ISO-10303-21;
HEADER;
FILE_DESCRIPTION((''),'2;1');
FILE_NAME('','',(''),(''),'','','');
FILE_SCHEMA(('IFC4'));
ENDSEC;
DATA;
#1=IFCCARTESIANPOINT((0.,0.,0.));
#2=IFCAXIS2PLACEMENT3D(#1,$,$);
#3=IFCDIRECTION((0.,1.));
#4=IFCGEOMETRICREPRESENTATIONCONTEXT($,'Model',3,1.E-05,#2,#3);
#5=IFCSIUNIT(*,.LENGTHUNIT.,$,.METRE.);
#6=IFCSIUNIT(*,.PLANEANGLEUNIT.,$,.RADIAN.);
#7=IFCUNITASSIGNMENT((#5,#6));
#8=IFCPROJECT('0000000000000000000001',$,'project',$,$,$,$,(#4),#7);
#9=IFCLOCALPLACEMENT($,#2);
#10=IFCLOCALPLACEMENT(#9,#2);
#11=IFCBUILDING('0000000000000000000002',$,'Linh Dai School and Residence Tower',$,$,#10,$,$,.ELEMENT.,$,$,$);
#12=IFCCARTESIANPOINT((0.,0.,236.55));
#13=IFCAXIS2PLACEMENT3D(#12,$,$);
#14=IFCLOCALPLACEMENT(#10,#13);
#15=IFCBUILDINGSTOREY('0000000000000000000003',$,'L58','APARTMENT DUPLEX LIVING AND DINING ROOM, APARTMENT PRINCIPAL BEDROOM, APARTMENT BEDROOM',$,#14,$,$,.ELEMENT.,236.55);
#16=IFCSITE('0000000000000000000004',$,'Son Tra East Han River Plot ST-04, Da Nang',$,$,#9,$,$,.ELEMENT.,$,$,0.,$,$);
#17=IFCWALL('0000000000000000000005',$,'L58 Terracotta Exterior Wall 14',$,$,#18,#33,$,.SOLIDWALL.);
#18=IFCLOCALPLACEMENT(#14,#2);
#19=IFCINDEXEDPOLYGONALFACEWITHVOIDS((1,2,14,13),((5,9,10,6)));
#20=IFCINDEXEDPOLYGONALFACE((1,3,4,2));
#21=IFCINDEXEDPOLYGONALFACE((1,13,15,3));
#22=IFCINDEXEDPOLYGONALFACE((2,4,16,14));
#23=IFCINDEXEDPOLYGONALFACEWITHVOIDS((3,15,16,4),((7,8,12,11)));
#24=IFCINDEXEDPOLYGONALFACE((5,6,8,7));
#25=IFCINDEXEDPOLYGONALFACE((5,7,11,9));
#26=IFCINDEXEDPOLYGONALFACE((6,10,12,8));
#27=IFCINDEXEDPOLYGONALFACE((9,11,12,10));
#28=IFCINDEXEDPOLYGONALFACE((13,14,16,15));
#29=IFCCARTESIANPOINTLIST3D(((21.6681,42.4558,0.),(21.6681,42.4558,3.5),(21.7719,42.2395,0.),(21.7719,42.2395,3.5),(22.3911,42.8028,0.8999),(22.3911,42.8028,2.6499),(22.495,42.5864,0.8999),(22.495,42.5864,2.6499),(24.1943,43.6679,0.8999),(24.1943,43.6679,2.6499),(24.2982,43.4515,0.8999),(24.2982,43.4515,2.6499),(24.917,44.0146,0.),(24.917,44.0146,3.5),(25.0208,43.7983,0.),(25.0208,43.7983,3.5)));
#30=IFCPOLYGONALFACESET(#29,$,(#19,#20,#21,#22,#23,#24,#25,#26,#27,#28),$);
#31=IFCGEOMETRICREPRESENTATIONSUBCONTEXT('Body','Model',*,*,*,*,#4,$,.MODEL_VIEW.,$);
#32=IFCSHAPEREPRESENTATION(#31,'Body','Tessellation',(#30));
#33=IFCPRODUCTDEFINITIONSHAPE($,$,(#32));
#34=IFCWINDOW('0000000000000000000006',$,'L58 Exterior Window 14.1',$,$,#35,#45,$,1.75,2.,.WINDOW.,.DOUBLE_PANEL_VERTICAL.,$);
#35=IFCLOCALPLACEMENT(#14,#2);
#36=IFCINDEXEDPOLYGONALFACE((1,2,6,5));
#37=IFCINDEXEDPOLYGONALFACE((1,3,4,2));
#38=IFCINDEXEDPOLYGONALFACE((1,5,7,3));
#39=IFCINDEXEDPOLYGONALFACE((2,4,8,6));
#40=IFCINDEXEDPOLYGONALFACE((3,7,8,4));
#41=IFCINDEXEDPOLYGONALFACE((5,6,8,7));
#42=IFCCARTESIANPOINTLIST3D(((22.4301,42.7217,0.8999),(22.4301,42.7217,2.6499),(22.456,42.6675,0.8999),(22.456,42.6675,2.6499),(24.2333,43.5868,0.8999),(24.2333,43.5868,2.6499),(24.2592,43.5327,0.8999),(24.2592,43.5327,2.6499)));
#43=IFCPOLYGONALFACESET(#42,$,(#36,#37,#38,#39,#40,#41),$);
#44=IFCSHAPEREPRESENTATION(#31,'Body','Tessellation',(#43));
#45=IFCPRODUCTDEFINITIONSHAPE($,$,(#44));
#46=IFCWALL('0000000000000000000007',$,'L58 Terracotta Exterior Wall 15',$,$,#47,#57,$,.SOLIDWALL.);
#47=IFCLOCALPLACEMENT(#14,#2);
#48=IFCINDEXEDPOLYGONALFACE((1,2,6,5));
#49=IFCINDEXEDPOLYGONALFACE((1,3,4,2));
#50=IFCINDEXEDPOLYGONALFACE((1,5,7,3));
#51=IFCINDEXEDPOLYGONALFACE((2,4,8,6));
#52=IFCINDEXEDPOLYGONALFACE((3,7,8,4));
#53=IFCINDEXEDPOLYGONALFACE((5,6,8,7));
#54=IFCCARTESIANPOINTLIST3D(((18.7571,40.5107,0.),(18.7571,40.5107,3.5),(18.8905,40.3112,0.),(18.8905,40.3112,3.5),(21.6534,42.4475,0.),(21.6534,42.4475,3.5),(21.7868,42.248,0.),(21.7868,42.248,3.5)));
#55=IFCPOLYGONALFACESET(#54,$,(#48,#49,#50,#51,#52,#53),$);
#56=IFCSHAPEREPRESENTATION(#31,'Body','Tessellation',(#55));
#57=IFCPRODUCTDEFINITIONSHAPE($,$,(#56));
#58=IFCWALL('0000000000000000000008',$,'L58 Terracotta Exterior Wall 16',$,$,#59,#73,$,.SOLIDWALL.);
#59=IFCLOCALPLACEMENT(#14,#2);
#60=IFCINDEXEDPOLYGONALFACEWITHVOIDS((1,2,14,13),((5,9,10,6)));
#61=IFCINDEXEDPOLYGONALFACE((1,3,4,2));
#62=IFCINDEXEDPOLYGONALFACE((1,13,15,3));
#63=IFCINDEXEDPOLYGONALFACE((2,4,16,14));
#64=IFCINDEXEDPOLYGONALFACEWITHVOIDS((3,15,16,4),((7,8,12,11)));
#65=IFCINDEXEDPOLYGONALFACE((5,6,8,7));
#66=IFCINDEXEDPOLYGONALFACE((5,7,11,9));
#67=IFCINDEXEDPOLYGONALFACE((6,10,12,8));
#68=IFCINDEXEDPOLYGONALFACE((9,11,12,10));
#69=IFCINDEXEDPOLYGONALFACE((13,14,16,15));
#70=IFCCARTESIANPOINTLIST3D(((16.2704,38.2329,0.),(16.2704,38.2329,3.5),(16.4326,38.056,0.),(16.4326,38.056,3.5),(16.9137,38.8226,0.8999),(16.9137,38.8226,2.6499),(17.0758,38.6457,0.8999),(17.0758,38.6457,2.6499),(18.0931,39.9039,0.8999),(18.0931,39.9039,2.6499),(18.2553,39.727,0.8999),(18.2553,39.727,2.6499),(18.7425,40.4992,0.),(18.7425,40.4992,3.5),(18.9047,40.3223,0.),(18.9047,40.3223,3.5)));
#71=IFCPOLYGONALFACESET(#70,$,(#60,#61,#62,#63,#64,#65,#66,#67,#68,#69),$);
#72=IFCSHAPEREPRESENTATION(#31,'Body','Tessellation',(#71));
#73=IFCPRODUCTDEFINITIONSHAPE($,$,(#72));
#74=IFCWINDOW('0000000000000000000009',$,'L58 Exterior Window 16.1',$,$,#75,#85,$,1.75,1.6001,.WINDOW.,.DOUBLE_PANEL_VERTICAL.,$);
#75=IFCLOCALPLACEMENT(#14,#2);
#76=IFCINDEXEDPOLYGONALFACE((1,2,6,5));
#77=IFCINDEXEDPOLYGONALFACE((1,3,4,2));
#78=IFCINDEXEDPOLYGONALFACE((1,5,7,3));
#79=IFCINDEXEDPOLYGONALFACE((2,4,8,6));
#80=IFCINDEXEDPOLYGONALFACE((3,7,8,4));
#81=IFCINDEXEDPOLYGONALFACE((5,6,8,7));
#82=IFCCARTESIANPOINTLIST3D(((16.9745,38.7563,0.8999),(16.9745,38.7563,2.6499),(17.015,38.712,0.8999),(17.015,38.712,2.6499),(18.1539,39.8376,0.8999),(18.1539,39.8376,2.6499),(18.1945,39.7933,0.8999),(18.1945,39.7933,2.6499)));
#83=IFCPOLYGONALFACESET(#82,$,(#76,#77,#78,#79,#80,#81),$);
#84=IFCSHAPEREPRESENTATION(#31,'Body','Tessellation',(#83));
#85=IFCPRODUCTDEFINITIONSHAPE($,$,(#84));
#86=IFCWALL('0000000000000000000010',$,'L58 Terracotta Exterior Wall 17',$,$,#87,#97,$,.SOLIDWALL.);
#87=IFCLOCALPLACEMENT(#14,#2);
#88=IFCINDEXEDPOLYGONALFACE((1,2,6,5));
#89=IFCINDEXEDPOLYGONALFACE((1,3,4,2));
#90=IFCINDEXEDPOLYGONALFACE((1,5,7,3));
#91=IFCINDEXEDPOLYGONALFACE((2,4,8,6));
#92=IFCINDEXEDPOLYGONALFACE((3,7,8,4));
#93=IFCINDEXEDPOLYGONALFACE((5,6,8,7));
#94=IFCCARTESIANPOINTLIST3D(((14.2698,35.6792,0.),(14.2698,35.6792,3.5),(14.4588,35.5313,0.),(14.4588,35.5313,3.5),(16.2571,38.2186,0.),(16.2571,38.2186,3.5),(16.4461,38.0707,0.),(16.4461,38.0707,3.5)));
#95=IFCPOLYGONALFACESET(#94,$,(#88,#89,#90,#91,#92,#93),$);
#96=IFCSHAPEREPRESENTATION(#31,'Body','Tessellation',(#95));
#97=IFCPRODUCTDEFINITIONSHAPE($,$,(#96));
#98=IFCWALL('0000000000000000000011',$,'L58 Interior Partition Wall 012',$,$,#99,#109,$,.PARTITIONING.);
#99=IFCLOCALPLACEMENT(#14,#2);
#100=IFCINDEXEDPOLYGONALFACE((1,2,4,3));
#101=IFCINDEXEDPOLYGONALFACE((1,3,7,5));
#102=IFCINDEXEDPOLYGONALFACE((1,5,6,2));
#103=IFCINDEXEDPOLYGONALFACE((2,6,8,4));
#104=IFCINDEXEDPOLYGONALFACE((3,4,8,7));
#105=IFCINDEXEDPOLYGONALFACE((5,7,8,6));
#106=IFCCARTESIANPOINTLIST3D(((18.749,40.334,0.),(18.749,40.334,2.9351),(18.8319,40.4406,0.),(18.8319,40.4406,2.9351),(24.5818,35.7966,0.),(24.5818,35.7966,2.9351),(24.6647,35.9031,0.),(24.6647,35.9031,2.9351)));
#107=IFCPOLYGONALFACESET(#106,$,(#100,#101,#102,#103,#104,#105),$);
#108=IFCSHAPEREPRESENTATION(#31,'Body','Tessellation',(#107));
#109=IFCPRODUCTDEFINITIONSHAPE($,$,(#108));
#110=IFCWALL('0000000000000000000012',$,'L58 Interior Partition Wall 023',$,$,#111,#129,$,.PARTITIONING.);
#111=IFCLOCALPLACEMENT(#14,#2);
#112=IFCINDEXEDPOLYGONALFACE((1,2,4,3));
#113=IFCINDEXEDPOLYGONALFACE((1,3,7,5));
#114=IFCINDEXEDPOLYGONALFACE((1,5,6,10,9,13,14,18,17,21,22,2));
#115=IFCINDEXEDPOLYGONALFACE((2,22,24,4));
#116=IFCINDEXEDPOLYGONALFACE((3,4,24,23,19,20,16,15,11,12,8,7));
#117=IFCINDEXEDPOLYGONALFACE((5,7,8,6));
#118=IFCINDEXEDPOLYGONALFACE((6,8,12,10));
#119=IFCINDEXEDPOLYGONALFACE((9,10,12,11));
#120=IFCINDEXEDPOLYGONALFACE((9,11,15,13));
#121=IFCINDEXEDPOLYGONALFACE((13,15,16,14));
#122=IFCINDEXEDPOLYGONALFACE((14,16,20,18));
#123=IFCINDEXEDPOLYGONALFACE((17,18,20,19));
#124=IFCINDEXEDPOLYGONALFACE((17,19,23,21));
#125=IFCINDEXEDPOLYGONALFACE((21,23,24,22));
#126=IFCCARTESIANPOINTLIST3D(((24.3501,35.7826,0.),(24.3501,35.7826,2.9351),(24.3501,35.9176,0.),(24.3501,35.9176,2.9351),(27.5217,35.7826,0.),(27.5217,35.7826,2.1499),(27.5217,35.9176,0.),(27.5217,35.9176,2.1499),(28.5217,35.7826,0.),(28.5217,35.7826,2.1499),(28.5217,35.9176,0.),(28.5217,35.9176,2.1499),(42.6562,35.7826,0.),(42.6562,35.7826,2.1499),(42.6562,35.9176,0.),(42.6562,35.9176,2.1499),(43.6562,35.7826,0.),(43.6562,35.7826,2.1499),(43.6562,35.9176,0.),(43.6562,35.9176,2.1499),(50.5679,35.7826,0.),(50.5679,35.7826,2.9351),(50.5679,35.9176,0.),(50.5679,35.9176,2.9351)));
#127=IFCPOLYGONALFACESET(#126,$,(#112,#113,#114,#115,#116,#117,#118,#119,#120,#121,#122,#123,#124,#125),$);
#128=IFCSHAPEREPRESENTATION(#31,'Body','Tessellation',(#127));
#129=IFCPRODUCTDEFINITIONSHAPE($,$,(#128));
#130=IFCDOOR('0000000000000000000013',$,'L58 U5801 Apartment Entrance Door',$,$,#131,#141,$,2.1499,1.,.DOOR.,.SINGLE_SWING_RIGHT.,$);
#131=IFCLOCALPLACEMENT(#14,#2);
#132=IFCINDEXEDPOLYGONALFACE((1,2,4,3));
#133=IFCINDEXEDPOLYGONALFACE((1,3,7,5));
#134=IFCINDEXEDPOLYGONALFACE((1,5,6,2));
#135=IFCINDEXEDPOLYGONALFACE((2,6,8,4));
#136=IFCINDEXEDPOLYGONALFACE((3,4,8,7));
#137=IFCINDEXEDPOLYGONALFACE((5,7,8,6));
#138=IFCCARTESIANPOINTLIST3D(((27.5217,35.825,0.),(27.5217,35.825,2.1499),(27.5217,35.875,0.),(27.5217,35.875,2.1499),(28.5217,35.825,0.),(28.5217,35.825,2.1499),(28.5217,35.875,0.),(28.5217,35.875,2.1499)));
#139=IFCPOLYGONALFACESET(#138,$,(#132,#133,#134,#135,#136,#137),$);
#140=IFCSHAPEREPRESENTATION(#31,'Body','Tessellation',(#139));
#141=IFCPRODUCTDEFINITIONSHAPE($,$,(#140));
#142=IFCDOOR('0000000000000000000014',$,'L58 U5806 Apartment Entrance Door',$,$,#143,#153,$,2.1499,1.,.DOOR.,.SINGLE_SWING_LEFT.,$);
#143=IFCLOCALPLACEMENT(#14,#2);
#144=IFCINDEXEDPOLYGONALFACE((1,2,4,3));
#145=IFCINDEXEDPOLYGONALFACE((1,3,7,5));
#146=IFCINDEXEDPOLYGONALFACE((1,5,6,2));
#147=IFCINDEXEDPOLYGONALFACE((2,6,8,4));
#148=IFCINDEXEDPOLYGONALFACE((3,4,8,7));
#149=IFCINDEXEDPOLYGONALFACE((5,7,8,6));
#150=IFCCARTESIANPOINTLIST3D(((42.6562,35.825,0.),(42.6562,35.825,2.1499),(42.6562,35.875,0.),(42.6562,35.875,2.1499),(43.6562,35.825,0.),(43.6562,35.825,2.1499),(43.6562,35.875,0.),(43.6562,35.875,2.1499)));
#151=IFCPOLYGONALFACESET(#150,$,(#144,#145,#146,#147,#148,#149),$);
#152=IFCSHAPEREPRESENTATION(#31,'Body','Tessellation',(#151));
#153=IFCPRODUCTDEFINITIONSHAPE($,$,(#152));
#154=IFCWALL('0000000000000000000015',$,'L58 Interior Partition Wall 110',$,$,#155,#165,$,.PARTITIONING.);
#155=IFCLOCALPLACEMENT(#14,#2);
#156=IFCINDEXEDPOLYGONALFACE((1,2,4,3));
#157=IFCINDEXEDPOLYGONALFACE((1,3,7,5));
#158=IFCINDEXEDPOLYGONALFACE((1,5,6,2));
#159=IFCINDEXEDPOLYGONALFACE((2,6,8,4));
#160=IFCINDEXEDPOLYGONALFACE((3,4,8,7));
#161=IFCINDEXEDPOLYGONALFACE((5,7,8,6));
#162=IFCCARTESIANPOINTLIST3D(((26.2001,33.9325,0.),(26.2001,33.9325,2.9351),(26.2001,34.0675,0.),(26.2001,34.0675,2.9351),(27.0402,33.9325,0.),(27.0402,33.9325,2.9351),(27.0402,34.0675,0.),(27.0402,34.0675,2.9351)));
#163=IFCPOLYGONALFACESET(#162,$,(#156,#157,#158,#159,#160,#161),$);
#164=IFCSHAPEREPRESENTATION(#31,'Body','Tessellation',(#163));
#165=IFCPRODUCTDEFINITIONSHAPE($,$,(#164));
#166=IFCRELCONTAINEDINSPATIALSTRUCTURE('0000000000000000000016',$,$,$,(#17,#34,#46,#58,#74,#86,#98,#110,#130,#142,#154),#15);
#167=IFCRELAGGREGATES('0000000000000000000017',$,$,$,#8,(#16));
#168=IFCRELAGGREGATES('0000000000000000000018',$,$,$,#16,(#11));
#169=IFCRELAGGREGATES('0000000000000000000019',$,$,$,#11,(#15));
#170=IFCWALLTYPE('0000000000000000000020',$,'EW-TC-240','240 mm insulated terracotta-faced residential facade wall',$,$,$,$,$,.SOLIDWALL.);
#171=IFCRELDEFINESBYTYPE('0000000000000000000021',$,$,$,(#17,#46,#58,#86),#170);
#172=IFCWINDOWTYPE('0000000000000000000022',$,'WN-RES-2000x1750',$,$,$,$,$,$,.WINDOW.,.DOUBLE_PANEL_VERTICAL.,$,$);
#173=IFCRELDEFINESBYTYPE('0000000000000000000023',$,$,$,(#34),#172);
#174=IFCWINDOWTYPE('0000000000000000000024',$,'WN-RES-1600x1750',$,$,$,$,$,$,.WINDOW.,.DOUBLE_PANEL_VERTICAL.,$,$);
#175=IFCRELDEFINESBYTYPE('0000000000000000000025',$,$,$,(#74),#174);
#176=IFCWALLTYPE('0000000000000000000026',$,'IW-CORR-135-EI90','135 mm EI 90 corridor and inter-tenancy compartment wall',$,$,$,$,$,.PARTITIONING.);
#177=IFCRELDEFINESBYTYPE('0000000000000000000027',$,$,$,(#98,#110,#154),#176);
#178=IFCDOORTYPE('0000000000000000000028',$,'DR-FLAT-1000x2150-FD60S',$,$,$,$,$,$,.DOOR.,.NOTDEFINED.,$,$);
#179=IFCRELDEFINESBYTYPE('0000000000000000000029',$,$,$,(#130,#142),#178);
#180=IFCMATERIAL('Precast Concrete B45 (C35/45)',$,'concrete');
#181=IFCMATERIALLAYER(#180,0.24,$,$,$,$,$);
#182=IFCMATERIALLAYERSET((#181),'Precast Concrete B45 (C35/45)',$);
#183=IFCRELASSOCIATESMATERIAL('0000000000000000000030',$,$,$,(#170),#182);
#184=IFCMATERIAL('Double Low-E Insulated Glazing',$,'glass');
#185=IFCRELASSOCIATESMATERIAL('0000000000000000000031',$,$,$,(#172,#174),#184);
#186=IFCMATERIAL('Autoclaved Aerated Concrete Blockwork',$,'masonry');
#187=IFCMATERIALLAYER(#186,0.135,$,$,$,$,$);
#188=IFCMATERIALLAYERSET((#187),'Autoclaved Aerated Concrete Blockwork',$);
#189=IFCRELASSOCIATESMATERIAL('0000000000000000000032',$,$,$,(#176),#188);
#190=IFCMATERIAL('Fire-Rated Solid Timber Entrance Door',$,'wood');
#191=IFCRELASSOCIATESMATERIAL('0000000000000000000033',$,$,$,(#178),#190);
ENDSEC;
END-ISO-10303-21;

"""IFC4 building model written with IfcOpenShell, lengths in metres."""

from ifc_helpers import new_model, si_unit, direction, frame, frame_2d, origin, origin_2d, place, context, subcontext, project, spatial, rectangle, extrude, source, transform, mapped, material, layer, layer_set, type_object, element, fill, save


model = new_model("IFC4")

# Units and contexts
model_context = context("Model", 3, precision=1e-05, world=origin(), true_north=direction((0.0, 1.0)))
body_context = subcontext(model_context, "Body", "Model", "MODEL_VIEW")
ifc_project = project(units=[si_unit("LENGTHUNIT", "METRE"), si_unit("PLANEANGLEUNIT", "RADIAN")], contexts=[model_context])

# Site, building, storey
site_placement = place(None, origin())
site = spatial("IfcSite", under=ifc_project, at=site_placement, Name="Son Tra East Han River Plot ST-04, Da Nang", CompositionType="ELEMENT", RefElevation=0.0)
building_placement = place(site_placement, origin())
building = spatial("IfcBuilding", under=site, at=building_placement, Name="Linh Dai School and Residence Tower", CompositionType="ELEMENT")
storey_placement = place(building_placement, frame((0.0, 0.0, 236.55)))
storey = spatial("IfcBuildingStorey", under=building, at=storey_placement, Name="L58", Description="APARTMENT DUPLEX LIVING AND DINING ROOM, APARTMENT PRINCIPAL BEDROOM, APARTMENT BEDROOM", CompositionType="ELEMENT", Elevation=236.55)

# Shared definitions
ifc_material_1 = material(Name="Precast Concrete B45 (C35/45)", Category="concrete")

# Shared definitions
ifc_layer_1 = layer(ifc_material_1, 0.24)
ifc_layer_set_1 = layer_set([ifc_layer_1], Name="Precast Concrete B45 (C35/45)")
wall_type_1 = type_object("IfcWallType", Name="EW-TC-240", Description="240 mm insulated terracotta-faced residential facade wall", PredefinedType="SOLIDWALL", material=ifc_layer_set_1)

# Wall, opening, window
wall_1_placement = place(storey_placement, frame((21.72, 42.3477, 0.0), z_axis=(0.0, 0.0, 1.0), x_axis=(0.901598, 0.432575, 0.0)))
wall_1 = element("IfcWall", 1, at=wall_1_placement, inside=storey, type_object=wall_type_1, Name="L58 Terracotta Exterior Wall 14", PredefinedType="SOLIDWALL", context=body_context, shape_type="SweptSolid", body=[
    extrude(rectangle(XDim=3.6035, YDim=0.24, at=frame_2d((1.8018, 0.0))), origin(), (0.0, 0.0, 1.0), 3.5),
])
opening_1_placement = place(wall_1_placement, frame((0.802, 0.0, 0.8999)))
opening_1 = element("IfcOpeningElement", 2, at=opening_1_placement, cuts=wall_1, PredefinedType="OPENING", context=body_context, shape_type="SweptSolid", body=[
    extrude(rectangle(XDim=2.0, YDim=1.75, at=origin_2d()), frame((1.0, 0.1299, 0.875), z_axis=(0.0, -1.0, 0.0), x_axis=(1.0, 0.0, 0.0)), (0.0, 0.0, 1.0), 0.26),
])
ifc_material_2 = material(Name="Double Low-E Insulated Glazing", Category="glass")
window_type_1 = type_object("IfcWindowType", Name="WN-RES-2000x1750", PartitioningType="DOUBLE_PANEL_VERTICAL", PredefinedType="WINDOW", material=ifc_material_2)
shared_shape_1 = source(origin(), body_context, "Body", "SweptSolid", [
    extrude(rectangle(XDim=2.0, YDim=1.75, at=origin_2d()), frame((1.0, 0.03, 0.875), z_axis=(0.0, -1.0, 0.0), x_axis=(1.0, 0.0, 0.0)), (0.0, 0.0, 1.0), 0.0601),
])
window_1_placement = place(opening_1_placement, origin())
window_1 = element("IfcWindow", 3, at=window_1_placement, inside=storey, type_object=window_type_1, Name="L58 Exterior Window 14.1", OverallHeight=1.75, OverallWidth=2.0, PartitioningType="DOUBLE_PANEL_VERTICAL", PredefinedType="WINDOW", context=body_context, shape_type="MappedRepresentation", body=[
    mapped(shared_shape_1, transform((0.0, 0.0, 0.0), x_axis=(1.0, 0.0, 0.0), y_axis=(0.0, 1.0, 0.0), z_axis=(0.0, 0.0, 1.0), scale=1.0)),
])
fill(opening_1, window_1)

# Wall
wall_2_placement = place(storey_placement, frame((18.8237, 40.4109, 0.0), z_axis=(0.0, 0.0, 1.0), x_axis=(0.831262, 0.55588, 0.0)))
element("IfcWall", 4, at=wall_2_placement, inside=storey, type_object=wall_type_1, Name="L58 Terracotta Exterior Wall 15", PredefinedType="SOLIDWALL", context=body_context, shape_type="SweptSolid", body=[
    extrude(rectangle(XDim=3.4841, YDim=0.24, at=frame_2d((1.7422, 0.0))), origin(), (0.0, 0.0, 1.0), 3.5),
])

# Wall, opening, window
wall_3_placement = place(storey_placement, frame((16.3516, 38.1445, 0.0), z_axis=(0.0, 0.0, 1.0), x_axis=(0.737124, 0.675758, 0.0)))
wall_3 = element("IfcWall", 5, at=wall_3_placement, inside=storey, type_object=wall_type_1, Name="L58 Terracotta Exterior Wall 16", PredefinedType="SOLIDWALL", context=body_context, shape_type="SweptSolid", body=[
    extrude(rectangle(XDim=3.3538, YDim=0.24, at=frame_2d((1.6768, 0.0))), origin(), (0.0, 0.0, 1.0), 3.5),
])
opening_2_placement = place(wall_3_placement, frame((0.8726, 0.0, 0.8999)))
opening_2 = element("IfcOpeningElement", 6, at=opening_2_placement, cuts=wall_3, PredefinedType="OPENING", context=body_context, shape_type="SweptSolid", body=[
    extrude(rectangle(XDim=1.6001, YDim=1.75, at=origin_2d()), frame((0.8, 0.1299, 0.875), z_axis=(0.0, -1.0, 0.0), x_axis=(1.0, 0.0, 0.0)), (0.0, 0.0, 1.0), 0.26),
])
window_type_2 = type_object("IfcWindowType", Name="WN-RES-1600x1750", PartitioningType="DOUBLE_PANEL_VERTICAL", PredefinedType="WINDOW", material=ifc_material_2)
shared_shape_2 = source(origin(), body_context, "Body", "SweptSolid", [
    extrude(rectangle(XDim=1.6001, YDim=1.75, at=origin_2d()), frame((0.8, 0.03, 0.875), z_axis=(0.0, -1.0, 0.0), x_axis=(1.0, 0.0, 0.0)), (0.0, 0.0, 1.0), 0.0601),
])
window_2_placement = place(opening_2_placement, origin())
window_2 = element("IfcWindow", 7, at=window_2_placement, inside=storey, type_object=window_type_2, Name="L58 Exterior Window 16.1", OverallHeight=1.75, OverallWidth=1.6001, PartitioningType="DOUBLE_PANEL_VERTICAL", PredefinedType="WINDOW", context=body_context, shape_type="MappedRepresentation", body=[
    mapped(shared_shape_2, transform((0.0, 0.0, 0.0), x_axis=(1.0, 0.0, 0.0), y_axis=(0.0, 1.0, 0.0), z_axis=(0.0, 0.0, 1.0), scale=1.0)),
])
fill(opening_2, window_2)

# Walls
wall_4_placement = place(storey_placement, frame((14.3643, 35.6052, 0.0), z_axis=(0.0, 0.0, 1.0), x_axis=(0.616312, 0.787502, 0.0)))
element("IfcWall", 8, at=wall_4_placement, inside=storey, type_object=wall_type_1, Name="L58 Terracotta Exterior Wall 17", PredefinedType="SOLIDWALL", context=body_context, shape_type="SweptSolid", body=[
    extrude(rectangle(XDim=3.2246, YDim=0.24, at=frame_2d((1.6123, 0.0))), origin(), (0.0, 0.0, 1.0), 3.5),
])
ifc_material_3 = material(Name="Autoclaved Aerated Concrete Blockwork", Category="masonry")
ifc_layer_2 = layer(ifc_material_3, 0.135)
ifc_layer_set_2 = layer_set([ifc_layer_2], Name="Autoclaved Aerated Concrete Blockwork")
wall_type_2 = type_object("IfcWallType", Name="IW-CORR-135-EI90", Description="135 mm EI 90 corridor and inter-tenancy compartment wall", PredefinedType="PARTITIONING", material=ifc_layer_set_2)
wall_5_placement = place(storey_placement, frame((18.7905, 40.3872, 0.0), z_axis=(0.0, 0.0, 1.0), x_axis=(0.789302, -0.614005, 0.0)))
element("IfcWall", 9, at=wall_5_placement, inside=storey, type_object=wall_type_2, Name="L58 Interior Partition Wall 012", PredefinedType="PARTITIONING", context=body_context, shape_type="SweptSolid", body=[
    extrude(rectangle(XDim=7.3899, YDim=0.135, at=frame_2d((3.6948, 0.0))), origin(), (0.0, 0.0, 1.0), 2.9351),
])

# Wall, openings, doors
wall_6_placement = place(storey_placement, frame((24.3501, 35.8501, 0.0), z_axis=(0.0, 0.0, 1.0), x_axis=(1.0, 0.0, 0.0)))
wall_6 = element("IfcWall", 10, at=wall_6_placement, inside=storey, type_object=wall_type_2, Name="L58 Interior Partition Wall 023", PredefinedType="PARTITIONING", context=body_context, shape_type="SweptSolid", body=[
    extrude(rectangle(XDim=26.2178, YDim=0.135, at=frame_2d((13.1089, 0.0))), origin(), (0.0, 0.0, 1.0), 2.9351),
])
opening_3_placement = place(wall_6_placement, frame((3.1716, 0.0, 0.0)))
opening_3 = element("IfcOpeningElement", 11, at=opening_3_placement, cuts=wall_6, PredefinedType="OPENING", context=body_context, shape_type="SweptSolid", body=[
    extrude(rectangle(XDim=1.0, YDim=2.1499, at=origin_2d()), frame((0.5, 0.0776, 1.075), z_axis=(0.0, -1.0, 0.0), x_axis=(1.0, 0.0, 0.0)), (0.0, 0.0, 1.0), 0.155),
])
opening_4_placement = place(wall_6_placement, frame((18.3062, 0.0, 0.0)))
opening_4 = element("IfcOpeningElement", 12, at=opening_4_placement, cuts=wall_6, PredefinedType="OPENING", context=body_context, shape_type="SweptSolid", body=[
    extrude(rectangle(XDim=1.0, YDim=2.1499, at=origin_2d()), frame((0.5, 0.0776, 1.075), z_axis=(0.0, -1.0, 0.0), x_axis=(1.0, 0.0, 0.0)), (0.0, 0.0, 1.0), 0.155),
])
ifc_material_4 = material(Name="Fire-Rated Solid Timber Entrance Door", Category="wood")
door_type_1 = type_object("IfcDoorType", Name="DR-FLAT-1000x2150-FD60S", OperationType="NOTDEFINED", PredefinedType="DOOR", material=ifc_material_4)
shared_shape_3 = source(origin(), body_context, "Body", "SweptSolid", [
    extrude(rectangle(XDim=1.0, YDim=2.1499, at=origin_2d()), frame((0.5, 0.0249, 1.075), z_axis=(0.0, -1.0, 0.0), x_axis=(1.0, 0.0, 0.0)), (0.0, 0.0, 1.0), 0.05),
])
door_1_placement = place(opening_3_placement, origin())
door_1 = element("IfcDoor", 13, at=door_1_placement, inside=storey, type_object=door_type_1, Name="L58 U5801 Apartment Entrance Door", OperationType="SINGLE_SWING_RIGHT", OverallHeight=2.1499, OverallWidth=1.0, PredefinedType="DOOR", context=body_context, shape_type="MappedRepresentation", body=[
    mapped(shared_shape_3, transform((0.0, 0.0, 0.0), x_axis=(1.0, 0.0, 0.0), y_axis=(0.0, 1.0, 0.0), z_axis=(0.0, 0.0, 1.0), scale=1.0)),
])
fill(opening_3, door_1)
door_2_placement = place(opening_4_placement, origin())
door_2 = element("IfcDoor", 14, at=door_2_placement, inside=storey, type_object=door_type_1, Name="L58 U5806 Apartment Entrance Door", OperationType="SINGLE_SWING_LEFT", OverallHeight=2.1499, OverallWidth=1.0, PredefinedType="DOOR", context=body_context, shape_type="MappedRepresentation", body=[
    mapped(shared_shape_3, transform((0.0, 0.0, 0.0), x_axis=(1.0, 0.0, 0.0), y_axis=(0.0, 1.0, 0.0), z_axis=(0.0, 0.0, 1.0), scale=1.0)),
])
fill(opening_4, door_2)

# Wall
wall_7_placement = place(storey_placement, frame((27.04, 34.0, 0.0), z_axis=(0.0, 0.0, 1.0), x_axis=(-1.0, 0.0, 0.0)))
element("IfcWall", 15, at=wall_7_placement, inside=storey, type_object=wall_type_2, Name="L58 Interior Partition Wall 110", PredefinedType="PARTITIONING", context=body_context, shape_type="SweptSolid", body=[
    extrude(rectangle(XDim=0.8401, YDim=0.135, at=frame_2d((0.4199, 0.0))), origin(), (0.0, 0.0, 1.0), 2.9351),
])

save(model, "model.ifc")
